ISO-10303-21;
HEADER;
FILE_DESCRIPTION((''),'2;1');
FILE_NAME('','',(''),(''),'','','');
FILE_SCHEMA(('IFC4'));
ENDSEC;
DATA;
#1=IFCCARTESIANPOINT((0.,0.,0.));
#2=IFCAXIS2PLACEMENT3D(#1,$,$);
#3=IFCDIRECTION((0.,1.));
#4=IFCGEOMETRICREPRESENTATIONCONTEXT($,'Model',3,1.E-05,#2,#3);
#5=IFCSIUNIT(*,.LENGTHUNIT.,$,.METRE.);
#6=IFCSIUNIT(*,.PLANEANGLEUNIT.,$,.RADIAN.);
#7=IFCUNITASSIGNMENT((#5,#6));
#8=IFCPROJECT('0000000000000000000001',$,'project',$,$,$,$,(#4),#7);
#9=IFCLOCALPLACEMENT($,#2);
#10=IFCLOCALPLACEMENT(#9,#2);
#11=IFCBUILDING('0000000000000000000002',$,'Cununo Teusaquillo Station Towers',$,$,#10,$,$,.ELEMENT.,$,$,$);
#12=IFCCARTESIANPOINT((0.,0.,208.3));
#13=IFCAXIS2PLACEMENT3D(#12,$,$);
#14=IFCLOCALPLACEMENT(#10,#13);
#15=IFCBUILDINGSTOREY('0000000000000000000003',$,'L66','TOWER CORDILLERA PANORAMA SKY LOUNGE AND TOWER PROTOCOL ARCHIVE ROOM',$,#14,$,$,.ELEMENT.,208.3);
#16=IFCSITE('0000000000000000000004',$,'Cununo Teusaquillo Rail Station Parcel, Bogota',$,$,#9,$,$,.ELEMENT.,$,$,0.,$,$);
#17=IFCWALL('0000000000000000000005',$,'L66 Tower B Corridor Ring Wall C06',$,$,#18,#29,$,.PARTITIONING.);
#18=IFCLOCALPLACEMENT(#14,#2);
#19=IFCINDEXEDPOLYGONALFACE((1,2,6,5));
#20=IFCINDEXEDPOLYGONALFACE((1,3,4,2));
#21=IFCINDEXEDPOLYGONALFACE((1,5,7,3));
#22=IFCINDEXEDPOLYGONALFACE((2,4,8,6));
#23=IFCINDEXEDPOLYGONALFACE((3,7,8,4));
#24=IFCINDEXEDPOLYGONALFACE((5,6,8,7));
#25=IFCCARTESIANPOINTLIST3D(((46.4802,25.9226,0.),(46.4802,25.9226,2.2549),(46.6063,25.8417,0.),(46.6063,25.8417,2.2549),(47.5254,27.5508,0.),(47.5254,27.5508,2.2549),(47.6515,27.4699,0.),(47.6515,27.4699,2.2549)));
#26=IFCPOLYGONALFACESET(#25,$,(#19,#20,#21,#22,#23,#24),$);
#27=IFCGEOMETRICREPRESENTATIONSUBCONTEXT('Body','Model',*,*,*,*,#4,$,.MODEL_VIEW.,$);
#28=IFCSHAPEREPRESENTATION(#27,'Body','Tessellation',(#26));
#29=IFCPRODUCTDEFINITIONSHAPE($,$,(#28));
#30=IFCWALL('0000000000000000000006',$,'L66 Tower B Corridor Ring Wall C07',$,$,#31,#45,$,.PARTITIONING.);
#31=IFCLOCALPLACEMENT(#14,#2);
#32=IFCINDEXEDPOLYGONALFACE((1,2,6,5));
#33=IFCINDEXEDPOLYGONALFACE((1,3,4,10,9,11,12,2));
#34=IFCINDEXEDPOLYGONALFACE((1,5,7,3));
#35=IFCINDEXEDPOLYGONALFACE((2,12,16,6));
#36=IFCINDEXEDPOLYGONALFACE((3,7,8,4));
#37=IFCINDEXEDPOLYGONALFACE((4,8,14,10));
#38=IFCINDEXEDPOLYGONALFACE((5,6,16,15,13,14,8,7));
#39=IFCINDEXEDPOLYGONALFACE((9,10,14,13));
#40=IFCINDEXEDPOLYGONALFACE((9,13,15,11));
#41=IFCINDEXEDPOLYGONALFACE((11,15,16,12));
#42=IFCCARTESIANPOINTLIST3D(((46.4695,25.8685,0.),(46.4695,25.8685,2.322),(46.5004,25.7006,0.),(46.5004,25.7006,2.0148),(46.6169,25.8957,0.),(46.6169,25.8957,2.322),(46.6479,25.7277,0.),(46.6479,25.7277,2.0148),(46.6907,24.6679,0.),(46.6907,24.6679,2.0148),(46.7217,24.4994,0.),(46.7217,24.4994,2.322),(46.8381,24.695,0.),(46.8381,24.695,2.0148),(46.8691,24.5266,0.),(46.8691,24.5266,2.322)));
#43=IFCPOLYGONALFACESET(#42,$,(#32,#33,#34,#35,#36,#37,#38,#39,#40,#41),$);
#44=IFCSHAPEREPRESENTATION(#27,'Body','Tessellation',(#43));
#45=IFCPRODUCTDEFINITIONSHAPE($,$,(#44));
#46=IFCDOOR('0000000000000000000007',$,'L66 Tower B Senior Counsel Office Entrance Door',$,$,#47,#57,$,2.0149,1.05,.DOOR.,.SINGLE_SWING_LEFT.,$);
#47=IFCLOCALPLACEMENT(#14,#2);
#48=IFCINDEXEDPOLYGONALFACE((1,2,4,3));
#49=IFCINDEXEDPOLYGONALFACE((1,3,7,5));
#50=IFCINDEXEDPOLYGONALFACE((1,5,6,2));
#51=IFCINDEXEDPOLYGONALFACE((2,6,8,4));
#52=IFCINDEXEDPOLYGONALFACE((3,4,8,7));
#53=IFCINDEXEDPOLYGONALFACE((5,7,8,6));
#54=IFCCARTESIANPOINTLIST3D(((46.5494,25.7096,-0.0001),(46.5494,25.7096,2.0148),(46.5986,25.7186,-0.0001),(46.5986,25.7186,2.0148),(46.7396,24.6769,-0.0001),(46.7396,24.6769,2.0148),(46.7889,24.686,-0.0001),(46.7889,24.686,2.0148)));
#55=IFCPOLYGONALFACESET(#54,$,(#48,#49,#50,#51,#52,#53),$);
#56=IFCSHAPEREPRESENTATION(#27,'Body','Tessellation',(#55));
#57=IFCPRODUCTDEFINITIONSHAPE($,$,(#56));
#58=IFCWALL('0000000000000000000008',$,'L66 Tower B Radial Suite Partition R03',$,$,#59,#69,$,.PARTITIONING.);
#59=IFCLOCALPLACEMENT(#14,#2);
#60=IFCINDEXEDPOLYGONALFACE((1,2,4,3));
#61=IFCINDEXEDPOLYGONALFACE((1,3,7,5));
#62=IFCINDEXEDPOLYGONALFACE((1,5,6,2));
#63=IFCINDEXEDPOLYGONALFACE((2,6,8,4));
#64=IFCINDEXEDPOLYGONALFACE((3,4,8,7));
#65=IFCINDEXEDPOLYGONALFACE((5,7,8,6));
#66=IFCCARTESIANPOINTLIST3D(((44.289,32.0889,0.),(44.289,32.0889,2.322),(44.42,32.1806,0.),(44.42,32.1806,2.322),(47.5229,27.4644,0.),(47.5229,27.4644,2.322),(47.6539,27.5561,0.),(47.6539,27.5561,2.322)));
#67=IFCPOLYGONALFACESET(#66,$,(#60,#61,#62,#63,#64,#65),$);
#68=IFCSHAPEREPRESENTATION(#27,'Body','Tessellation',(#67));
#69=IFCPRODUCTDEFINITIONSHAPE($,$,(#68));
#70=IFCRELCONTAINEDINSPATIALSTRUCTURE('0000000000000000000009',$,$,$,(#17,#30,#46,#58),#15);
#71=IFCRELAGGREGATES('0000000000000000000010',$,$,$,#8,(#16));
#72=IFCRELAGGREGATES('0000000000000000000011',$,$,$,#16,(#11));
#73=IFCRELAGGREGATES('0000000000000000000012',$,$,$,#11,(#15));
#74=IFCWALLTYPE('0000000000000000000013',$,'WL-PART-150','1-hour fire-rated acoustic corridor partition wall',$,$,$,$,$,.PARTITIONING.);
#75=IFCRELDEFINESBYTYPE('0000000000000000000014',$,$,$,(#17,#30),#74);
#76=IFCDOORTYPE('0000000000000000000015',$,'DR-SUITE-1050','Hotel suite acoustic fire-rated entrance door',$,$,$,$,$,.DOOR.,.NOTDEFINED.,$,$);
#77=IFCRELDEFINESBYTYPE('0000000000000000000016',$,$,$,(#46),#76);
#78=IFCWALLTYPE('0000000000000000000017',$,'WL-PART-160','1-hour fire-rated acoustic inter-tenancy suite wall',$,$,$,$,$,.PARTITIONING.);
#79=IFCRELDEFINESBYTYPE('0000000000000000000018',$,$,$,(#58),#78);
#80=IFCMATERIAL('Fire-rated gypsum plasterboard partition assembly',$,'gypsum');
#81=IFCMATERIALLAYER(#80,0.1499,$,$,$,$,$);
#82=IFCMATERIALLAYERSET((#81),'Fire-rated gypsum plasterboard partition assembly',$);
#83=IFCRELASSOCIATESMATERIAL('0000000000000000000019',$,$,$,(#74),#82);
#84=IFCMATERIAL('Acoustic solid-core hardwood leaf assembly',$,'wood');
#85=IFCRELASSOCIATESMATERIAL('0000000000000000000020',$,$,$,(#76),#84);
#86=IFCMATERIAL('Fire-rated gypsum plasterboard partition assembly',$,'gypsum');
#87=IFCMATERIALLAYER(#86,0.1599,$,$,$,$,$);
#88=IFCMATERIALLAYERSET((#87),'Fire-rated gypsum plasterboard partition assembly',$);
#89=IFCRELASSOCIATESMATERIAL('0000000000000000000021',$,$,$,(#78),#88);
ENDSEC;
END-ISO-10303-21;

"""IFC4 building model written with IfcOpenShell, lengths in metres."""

from ifc_helpers import new_model, si_unit, direction, frame, frame_2d, origin, place, context, subcontext, project, spatial, rectangle, extrude, source, transform, mapped, material, layer, layer_set, type_object, element, fill, save


model = new_model("IFC4")

# Units and contexts
model_context = context("Model", 3, precision=1e-05, world=origin(), true_north=direction((0.0, 1.0)))
body_context = subcontext(model_context, "Body", "Model", "MODEL_VIEW")
ifc_project = project(units=[si_unit("LENGTHUNIT", "METRE"), si_unit("PLANEANGLEUNIT", "RADIAN")], contexts=[model_context])

# Site, building, storey
site_placement = place(None, origin())
site = spatial("IfcSite", under=ifc_project, at=site_placement, Name="Cununo Teusaquillo Rail Station Parcel, Bogota", CompositionType="ELEMENT", RefElevation=0.0)
building_placement = place(site_placement, origin())
building = spatial("IfcBuilding", under=site, at=building_placement, Name="Cununo Teusaquillo Station Towers", CompositionType="ELEMENT")
storey_placement = place(building_placement, frame((0.0, 0.0, 208.3)))
storey = spatial("IfcBuildingStorey", under=building, at=storey_placement, Name="L66", Description="TOWER CORDILLERA PANORAMA SKY LOUNGE AND TOWER PROTOCOL ARCHIVE ROOM", CompositionType="ELEMENT", Elevation=208.3)

# Wall
ifc_material_1 = material(Name="Fire-rated gypsum plasterboard partition assembly", Category="gypsum")
ifc_layer_1 = layer(ifc_material_1, 0.1499)
ifc_layer_set_1 = layer_set([ifc_layer_1], Name="Fire-rated gypsum plasterboard partition assembly")
wall_type_1 = type_object("IfcWallType", Name="WL-PART-150", Description="1-hour fire-rated acoustic corridor partition wall", PredefinedType="PARTITIONING", material=ifc_layer_set_1)
wall_1_placement = place(storey_placement, frame((47.5884, 27.5103, 0.0), z_axis=(0.0, 0.0, 1.0), x_axis=(-0.540203, -0.841535, 0.0)))
element("IfcWall", 1, at=wall_1_placement, inside=storey, type_object=wall_type_1, Name="L66 Tower B Corridor Ring Wall C06", PredefinedType="PARTITIONING", context=body_context, shape_type="SweptSolid", body=[
    extrude(rectangle(XDim=1.9348, YDim=0.1499, at=frame_2d((0.9673, 0.0))), origin(), (0.0, 0.0, 1.0), 2.2549),
])

# Wall, opening, door
wall_2_placement = place(storey_placement, frame((46.5432, 25.8821, 0.0), z_axis=(0.0, 0.0, 1.0), x_axis=(0.181154, -0.983455, 0.0)))
wall_2 = element("IfcWall", 2, at=wall_2_placement, inside=storey, type_object=wall_type_1, Name="L66 Tower B Corridor Ring Wall C07", PredefinedType="PARTITIONING", context=body_context, shape_type="SweptSolid", body=[
    extrude(rectangle(XDim=1.3921, YDim=0.1499, at=frame_2d((0.696, 0.0))), origin(), (0.0, 0.0, 1.0), 2.322),
])
shared_shape_1 = source(origin(), body_context, "Body", "SweptSolid", [
    extrude(rectangle(XDim=1.05, YDim=2.0149, at=frame_2d((0.5249, 1.0073))), frame((0.0, 0.085, 0.0), z_axis=(0.0, -1.0, 0.0), x_axis=(1.0, 0.0, 0.0)), (0.0, 0.0, 1.0), 0.1699),
])
opening_1_placement = place(wall_2_placement, frame((0.1709, 0.0, 0.0)))
opening_1 = element("IfcOpeningElement", 3, at=opening_1_placement, cuts=wall_2, PredefinedType="OPENING", context=body_context, shape_type="MappedRepresentation", body=[
    mapped(shared_shape_1, transform((0.0, 0.0, 0.0), x_axis=(1.0, 0.0, 0.0), y_axis=(0.0, 1.0, 0.0), z_axis=(0.0, 0.0, 1.0), scale=1.0)),
])
ifc_material_2 = material(Name="Acoustic solid-core hardwood leaf assembly", Category="wood")
door_type = type_object("IfcDoorType", Name="DR-SUITE-1050", Description="Hotel suite acoustic fire-rated entrance door", OperationType="NOTDEFINED", PredefinedType="DOOR", material=ifc_material_2)
shared_shape_2 = source(origin(), body_context, "Body", "SweptSolid", [
    extrude(rectangle(XDim=1.05, YDim=2.0149, at=frame_2d((0.5249, 1.0073))), frame((0.0, 0.0249, 0.0), z_axis=(0.0, -1.0, 0.0), x_axis=(1.0, 0.0, 0.0)), (0.0, 0.0, 1.0), 0.05),
])
door_placement = place(opening_1_placement, origin())
door = element("IfcDoor", 4, at=door_placement, inside=storey, type_object=door_type, Name="L66 Tower B Senior Counsel Office Entrance Door", OperationType="SINGLE_SWING_LEFT", OverallHeight=2.0149, OverallWidth=1.05, PredefinedType="DOOR", context=body_context, shape_type="MappedRepresentation", body=[
    mapped(shared_shape_2, transform((0.0, 0.0, 0.0), x_axis=(1.0, 0.0, 0.0), y_axis=(0.0, 1.0, 0.0), z_axis=(0.0, 0.0, 1.0), scale=1.0)),
])
fill(opening_1, door)

# Wall
ifc_material_3 = material(Name="Fire-rated gypsum plasterboard partition assembly", Category="gypsum")
ifc_layer_2 = layer(ifc_material_3, 0.1599)
ifc_layer_set_2 = layer_set([ifc_layer_2], Name="Fire-rated gypsum plasterboard partition assembly")
wall_type_2 = type_object("IfcWallType", Name="WL-PART-160", Description="1-hour fire-rated acoustic inter-tenancy suite wall", PredefinedType="PARTITIONING", material=ifc_layer_set_2)
wall_3_placement = place(storey_placement, frame((47.5884, 27.5103, 0.0), z_axis=(0.0, 0.0, 1.0), x_axis=(-0.573073, 0.819504, 0.0)))
element("IfcWall", 5, at=wall_3_placement, inside=storey, type_object=wall_type_2, Name="L66 Tower B Radial Suite Partition R03", PredefinedType="PARTITIONING", context=body_context, shape_type="SweptSolid", body=[
    extrude(rectangle(XDim=5.6431, YDim=0.1599, at=frame_2d((2.8215, 0.0))), origin(), (0.0, 0.0, 1.0), 2.322),
])

save(model, "model.ifc")
